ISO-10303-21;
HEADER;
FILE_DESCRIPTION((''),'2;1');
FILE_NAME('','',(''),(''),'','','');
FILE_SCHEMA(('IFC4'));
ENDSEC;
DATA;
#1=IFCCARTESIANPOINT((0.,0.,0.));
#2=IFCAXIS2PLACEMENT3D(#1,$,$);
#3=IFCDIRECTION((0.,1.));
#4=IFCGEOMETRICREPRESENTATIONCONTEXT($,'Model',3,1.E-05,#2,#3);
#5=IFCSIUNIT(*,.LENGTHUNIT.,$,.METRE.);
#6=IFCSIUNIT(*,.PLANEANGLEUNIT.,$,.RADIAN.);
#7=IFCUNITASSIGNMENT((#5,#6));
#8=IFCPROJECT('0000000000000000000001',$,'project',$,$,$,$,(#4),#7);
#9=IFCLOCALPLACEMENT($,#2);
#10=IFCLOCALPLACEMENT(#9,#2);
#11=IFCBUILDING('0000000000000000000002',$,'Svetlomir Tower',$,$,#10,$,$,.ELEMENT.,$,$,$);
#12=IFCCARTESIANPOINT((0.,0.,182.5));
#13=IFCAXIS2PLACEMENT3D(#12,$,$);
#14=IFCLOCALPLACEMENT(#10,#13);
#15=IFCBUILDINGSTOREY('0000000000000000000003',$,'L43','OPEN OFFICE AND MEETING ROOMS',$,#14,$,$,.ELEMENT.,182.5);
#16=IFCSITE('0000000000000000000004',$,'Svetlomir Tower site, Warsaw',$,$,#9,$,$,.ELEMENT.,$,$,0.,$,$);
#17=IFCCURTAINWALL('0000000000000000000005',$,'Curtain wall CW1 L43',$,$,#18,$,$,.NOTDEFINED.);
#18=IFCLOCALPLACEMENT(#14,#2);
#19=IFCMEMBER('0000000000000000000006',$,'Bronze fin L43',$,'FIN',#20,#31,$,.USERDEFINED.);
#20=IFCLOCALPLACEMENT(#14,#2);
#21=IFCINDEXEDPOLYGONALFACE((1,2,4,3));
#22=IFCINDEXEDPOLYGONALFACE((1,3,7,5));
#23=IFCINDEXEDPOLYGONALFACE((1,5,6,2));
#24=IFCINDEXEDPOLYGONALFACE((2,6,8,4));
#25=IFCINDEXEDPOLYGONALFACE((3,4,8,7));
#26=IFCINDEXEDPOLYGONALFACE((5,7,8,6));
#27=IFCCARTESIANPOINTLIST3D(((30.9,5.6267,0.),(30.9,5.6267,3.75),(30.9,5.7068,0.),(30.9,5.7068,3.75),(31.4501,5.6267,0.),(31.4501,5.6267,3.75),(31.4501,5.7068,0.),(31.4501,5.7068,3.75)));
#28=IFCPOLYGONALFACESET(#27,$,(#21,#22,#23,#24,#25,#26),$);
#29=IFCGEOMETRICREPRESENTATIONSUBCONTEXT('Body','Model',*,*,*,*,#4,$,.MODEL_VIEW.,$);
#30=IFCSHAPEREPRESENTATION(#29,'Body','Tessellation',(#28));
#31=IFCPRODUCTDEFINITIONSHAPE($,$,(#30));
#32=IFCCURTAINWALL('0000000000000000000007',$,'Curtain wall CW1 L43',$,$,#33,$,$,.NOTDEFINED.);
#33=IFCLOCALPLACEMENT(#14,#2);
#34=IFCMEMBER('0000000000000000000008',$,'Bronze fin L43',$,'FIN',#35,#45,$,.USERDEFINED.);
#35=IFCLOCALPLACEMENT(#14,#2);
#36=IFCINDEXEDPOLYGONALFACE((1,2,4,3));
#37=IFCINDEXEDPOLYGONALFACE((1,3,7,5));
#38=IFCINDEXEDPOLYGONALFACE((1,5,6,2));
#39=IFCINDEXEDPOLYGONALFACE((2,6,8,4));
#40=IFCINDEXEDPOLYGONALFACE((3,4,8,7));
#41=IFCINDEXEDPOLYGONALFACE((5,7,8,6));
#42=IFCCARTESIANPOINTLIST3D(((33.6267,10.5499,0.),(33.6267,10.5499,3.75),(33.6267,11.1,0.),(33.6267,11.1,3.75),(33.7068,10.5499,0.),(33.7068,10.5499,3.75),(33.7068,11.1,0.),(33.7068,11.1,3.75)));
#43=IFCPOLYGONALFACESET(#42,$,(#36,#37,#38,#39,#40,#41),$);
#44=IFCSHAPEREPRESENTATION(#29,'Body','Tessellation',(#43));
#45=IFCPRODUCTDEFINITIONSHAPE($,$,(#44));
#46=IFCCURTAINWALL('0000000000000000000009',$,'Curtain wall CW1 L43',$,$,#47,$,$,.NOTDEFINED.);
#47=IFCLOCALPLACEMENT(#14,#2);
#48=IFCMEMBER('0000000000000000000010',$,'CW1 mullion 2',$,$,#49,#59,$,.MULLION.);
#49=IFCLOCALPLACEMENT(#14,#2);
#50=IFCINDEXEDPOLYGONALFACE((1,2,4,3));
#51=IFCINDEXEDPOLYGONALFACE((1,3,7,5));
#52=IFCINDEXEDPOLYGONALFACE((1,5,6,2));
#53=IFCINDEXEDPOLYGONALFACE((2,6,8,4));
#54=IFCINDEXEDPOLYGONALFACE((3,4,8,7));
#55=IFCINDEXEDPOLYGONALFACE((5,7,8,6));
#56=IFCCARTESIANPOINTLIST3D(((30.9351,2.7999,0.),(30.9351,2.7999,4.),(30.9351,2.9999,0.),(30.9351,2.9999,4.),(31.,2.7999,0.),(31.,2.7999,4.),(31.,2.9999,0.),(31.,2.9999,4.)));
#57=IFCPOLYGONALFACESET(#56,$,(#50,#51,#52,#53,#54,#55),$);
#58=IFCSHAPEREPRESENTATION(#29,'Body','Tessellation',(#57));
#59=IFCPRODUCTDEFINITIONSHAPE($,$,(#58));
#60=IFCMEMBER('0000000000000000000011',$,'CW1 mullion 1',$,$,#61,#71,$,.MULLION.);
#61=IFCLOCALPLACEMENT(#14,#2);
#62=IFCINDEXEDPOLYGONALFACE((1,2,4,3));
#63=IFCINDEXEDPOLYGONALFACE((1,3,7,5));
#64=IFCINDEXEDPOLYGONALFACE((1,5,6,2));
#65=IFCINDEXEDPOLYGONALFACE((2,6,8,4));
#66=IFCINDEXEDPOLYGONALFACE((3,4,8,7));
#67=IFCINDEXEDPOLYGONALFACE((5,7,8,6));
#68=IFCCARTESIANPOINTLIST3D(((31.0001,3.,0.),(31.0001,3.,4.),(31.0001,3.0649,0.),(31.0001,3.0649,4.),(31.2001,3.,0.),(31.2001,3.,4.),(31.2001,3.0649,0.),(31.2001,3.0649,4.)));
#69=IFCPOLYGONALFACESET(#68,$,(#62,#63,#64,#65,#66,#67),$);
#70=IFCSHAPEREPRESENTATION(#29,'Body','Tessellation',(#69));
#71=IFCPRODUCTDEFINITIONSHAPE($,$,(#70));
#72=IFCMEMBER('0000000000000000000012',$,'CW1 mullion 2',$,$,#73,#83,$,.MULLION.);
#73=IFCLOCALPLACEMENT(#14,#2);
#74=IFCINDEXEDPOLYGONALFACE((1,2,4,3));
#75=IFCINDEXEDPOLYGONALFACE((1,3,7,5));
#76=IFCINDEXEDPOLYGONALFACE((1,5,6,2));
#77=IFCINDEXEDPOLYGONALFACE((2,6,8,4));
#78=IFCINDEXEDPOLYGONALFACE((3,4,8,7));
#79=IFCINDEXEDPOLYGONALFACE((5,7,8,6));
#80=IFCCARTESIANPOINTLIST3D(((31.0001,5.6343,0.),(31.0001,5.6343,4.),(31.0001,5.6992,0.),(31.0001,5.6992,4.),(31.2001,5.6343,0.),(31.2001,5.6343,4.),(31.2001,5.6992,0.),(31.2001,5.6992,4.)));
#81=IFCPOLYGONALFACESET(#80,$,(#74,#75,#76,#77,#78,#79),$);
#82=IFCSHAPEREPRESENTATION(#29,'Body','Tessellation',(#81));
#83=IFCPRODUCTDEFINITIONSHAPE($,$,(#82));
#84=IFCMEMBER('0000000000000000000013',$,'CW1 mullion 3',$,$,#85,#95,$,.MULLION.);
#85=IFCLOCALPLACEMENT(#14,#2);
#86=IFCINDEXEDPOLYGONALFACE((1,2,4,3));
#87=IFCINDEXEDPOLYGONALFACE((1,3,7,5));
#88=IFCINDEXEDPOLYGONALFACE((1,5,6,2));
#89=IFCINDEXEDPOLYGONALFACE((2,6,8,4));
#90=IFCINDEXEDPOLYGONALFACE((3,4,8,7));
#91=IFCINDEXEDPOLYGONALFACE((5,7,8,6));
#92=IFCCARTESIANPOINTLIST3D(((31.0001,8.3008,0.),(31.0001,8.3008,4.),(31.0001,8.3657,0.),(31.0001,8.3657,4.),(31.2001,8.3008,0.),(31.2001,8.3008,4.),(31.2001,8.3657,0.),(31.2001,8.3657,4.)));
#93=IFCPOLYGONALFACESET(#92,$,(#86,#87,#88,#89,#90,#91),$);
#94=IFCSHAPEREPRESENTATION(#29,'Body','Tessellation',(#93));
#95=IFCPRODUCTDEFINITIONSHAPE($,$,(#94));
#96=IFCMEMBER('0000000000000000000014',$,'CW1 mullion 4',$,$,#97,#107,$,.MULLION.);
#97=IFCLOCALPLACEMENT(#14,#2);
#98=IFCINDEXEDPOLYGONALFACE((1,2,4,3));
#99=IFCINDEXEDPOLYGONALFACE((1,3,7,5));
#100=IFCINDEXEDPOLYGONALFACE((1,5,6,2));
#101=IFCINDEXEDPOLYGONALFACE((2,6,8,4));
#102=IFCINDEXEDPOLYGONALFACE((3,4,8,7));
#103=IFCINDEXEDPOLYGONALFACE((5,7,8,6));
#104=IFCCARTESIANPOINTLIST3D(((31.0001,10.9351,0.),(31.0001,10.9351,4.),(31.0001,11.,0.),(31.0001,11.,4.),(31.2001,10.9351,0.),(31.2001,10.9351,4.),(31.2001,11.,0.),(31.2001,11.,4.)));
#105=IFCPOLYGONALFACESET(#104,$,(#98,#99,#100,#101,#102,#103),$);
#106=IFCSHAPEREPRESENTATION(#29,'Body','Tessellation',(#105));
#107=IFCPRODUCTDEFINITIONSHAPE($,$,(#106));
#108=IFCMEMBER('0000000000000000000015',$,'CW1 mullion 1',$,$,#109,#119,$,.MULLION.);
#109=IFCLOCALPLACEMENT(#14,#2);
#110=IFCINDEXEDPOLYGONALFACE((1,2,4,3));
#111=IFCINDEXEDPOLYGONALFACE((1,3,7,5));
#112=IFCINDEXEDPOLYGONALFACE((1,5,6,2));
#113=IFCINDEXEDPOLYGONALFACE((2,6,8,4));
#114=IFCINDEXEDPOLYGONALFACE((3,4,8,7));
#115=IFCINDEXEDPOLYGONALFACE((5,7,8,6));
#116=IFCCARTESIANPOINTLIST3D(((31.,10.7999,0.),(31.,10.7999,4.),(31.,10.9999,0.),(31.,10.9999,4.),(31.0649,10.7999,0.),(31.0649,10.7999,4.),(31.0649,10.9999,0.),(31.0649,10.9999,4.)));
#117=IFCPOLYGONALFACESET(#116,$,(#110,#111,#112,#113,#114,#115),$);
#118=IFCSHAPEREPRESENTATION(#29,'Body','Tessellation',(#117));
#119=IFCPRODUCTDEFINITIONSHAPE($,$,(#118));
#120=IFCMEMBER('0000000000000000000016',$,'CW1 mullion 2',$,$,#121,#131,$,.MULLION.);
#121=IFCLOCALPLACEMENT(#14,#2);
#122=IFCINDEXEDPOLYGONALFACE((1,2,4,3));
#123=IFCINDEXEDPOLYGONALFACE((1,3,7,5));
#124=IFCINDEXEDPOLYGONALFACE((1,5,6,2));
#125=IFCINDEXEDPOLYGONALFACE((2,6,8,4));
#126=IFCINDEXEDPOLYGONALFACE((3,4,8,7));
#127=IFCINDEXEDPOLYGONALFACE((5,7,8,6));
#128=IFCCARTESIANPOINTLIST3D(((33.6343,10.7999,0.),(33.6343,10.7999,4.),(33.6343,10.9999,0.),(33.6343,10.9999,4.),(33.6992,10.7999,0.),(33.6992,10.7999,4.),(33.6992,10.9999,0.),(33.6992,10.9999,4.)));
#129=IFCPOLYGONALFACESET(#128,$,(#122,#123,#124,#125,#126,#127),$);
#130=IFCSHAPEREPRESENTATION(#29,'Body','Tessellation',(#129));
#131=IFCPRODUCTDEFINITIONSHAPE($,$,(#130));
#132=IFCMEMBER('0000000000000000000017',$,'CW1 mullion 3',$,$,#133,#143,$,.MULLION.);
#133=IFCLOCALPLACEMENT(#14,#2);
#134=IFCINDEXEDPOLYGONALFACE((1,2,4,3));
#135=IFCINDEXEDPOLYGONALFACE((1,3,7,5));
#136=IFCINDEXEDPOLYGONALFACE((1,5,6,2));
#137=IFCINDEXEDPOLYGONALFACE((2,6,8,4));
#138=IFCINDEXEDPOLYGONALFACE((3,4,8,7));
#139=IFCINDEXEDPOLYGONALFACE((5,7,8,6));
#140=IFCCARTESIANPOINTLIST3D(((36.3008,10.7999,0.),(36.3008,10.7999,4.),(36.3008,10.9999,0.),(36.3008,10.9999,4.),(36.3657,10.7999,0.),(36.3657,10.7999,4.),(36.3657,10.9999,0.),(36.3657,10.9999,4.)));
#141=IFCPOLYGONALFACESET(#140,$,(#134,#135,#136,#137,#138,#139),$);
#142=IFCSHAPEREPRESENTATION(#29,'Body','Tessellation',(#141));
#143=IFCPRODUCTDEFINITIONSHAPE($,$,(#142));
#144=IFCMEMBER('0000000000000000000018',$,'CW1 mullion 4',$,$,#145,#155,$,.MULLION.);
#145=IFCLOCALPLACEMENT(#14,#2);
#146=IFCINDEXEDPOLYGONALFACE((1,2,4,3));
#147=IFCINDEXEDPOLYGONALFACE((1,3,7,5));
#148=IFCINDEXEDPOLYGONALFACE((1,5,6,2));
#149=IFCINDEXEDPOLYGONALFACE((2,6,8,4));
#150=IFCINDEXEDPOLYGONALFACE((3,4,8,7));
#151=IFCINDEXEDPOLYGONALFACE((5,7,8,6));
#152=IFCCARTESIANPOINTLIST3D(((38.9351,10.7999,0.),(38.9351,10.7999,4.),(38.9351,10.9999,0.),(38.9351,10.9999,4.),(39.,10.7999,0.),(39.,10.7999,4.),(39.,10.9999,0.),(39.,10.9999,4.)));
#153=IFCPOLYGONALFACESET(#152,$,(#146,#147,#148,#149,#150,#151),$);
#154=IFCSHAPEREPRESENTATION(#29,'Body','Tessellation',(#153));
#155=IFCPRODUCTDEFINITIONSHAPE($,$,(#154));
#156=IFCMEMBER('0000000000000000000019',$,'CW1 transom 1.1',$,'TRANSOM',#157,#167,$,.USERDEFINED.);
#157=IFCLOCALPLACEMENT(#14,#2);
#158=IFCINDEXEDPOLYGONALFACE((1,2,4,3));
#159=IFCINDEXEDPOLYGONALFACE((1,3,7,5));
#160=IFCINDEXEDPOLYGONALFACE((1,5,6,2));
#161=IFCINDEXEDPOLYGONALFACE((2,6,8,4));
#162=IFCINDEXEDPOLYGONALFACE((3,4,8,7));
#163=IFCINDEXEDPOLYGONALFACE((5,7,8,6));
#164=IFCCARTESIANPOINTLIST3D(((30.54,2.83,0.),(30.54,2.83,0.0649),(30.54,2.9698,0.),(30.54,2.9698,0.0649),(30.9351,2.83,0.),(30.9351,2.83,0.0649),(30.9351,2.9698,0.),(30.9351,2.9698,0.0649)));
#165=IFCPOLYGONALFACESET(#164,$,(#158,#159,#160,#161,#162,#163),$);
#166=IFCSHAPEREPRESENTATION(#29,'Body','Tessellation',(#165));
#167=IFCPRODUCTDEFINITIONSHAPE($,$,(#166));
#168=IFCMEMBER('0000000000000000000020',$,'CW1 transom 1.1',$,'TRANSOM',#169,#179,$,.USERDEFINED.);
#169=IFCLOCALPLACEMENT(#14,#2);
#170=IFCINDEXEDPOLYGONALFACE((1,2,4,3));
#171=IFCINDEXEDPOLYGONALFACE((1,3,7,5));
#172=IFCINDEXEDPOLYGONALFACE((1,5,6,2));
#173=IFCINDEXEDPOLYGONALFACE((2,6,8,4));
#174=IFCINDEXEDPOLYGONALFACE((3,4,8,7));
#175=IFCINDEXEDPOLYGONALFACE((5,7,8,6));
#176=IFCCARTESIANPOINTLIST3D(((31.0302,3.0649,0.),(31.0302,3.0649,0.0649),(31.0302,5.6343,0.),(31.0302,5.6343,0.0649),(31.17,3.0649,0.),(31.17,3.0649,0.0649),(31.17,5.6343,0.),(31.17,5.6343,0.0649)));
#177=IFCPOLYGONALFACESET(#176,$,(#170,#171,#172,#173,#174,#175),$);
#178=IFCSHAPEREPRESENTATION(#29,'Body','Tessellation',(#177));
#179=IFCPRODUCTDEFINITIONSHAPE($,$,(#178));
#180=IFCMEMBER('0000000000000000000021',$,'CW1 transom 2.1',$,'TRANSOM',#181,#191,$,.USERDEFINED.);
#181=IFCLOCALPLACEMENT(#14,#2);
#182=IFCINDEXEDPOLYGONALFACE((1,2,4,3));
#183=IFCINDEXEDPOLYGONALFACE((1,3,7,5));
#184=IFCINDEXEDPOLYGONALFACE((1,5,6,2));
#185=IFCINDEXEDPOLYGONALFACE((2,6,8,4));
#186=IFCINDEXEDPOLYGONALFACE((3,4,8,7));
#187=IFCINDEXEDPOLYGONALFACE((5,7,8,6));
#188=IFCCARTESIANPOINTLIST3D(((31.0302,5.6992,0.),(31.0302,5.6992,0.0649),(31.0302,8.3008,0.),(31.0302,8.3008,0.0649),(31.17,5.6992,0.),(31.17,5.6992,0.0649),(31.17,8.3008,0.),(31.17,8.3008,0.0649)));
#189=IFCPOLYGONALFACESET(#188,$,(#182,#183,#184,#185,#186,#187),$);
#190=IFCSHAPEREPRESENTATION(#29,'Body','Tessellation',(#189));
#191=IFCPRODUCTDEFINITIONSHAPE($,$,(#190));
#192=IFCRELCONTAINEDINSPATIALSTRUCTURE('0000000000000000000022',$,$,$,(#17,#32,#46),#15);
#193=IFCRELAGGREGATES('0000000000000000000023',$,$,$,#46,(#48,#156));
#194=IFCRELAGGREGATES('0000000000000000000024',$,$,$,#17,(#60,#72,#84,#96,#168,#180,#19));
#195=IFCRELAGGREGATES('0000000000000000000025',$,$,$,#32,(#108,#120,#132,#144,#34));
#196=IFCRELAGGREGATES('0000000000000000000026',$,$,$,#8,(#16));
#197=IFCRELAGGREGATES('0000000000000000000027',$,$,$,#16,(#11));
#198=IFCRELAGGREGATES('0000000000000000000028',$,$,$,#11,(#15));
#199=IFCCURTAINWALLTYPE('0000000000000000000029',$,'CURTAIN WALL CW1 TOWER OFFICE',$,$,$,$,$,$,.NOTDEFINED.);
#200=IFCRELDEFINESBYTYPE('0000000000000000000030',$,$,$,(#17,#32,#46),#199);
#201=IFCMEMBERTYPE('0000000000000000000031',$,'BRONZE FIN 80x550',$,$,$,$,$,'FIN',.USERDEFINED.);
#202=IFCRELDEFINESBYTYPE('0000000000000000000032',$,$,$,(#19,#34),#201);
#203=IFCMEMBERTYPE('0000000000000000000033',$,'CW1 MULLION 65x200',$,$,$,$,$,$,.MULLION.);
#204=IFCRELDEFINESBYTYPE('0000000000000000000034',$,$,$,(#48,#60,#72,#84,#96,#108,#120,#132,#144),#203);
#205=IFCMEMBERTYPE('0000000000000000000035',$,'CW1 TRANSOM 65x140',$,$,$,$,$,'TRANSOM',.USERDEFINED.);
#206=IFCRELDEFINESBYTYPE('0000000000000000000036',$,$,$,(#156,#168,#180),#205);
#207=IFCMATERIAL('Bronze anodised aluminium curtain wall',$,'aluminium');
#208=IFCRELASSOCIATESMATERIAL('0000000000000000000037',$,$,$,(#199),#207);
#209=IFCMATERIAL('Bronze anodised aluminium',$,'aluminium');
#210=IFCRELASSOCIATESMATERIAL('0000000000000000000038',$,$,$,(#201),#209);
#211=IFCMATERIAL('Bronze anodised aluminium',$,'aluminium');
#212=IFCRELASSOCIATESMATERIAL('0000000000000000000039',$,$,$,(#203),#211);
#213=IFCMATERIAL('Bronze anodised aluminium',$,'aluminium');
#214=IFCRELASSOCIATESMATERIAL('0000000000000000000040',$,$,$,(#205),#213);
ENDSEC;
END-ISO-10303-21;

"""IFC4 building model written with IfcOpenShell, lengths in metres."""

from ifc_helpers import new_model, si_unit, direction, frame, origin, origin_2d, place, context, subcontext, project, spatial, rectangle, extrude, material, material_profile, profile_set, type_object, element, aggregate, save


model = new_model("IFC4")

# Units and contexts
model_context = context("Model", 3, precision=1e-05, world=origin(), true_north=direction((0.0, 1.0)))
body_context = subcontext(model_context, "Body", "Model", "MODEL_VIEW")
ifc_project = project(units=[si_unit("LENGTHUNIT", "METRE"), si_unit("PLANEANGLEUNIT", "RADIAN")], contexts=[model_context])

# Site, building, storey
site_placement = place(None, origin())
site = spatial("IfcSite", under=ifc_project, at=site_placement, Name="Svetlomir Tower site, Warsaw", CompositionType="ELEMENT", RefElevation=0.0)
building_placement = place(site_placement, origin())
building = spatial("IfcBuilding", under=site, at=building_placement, Name="Svetlomir Tower", CompositionType="ELEMENT")
storey_placement = place(building_placement, frame((0.0, 0.0, 182.5)))
storey = spatial("IfcBuildingStorey", under=building, at=storey_placement, Name="L43", Description="OPEN OFFICE AND MEETING ROOMS", CompositionType="ELEMENT", Elevation=182.5)

# Curtain walls, members
ifc_material_1 = material(Name="Bronze anodised aluminium curtain wall", Category="aluminium")
curtain_wall_type = type_object("IfcCurtainWallType", Name="CURTAIN WALL CW1 TOWER OFFICE", PredefinedType="NOTDEFINED", material=ifc_material_1)
curtain_wall_1_placement = place(storey_placement, origin())
curtain_wall_1 = element("IfcCurtainWall", 1, at=curtain_wall_1_placement, inside=storey, type_object=curtain_wall_type, Name="Curtain wall CW1 L43", PredefinedType="NOTDEFINED")
ifc_material_2 = material(Name="Bronze anodised aluminium", Category="aluminium")
ifc_material_profile_1 = material_profile(ifc_material_2, rectangle(XDim=0.0801, YDim=0.55, at=origin_2d()), Name="FIN 80x550")
ifc_profile_set_1 = profile_set([ifc_material_profile_1], Name="Bronze anodised aluminium 6063-T6")
member_type_1 = type_object("IfcMemberType", Name="BRONZE FIN 80x550", ElementType="FIN", PredefinedType="USERDEFINED", material=ifc_profile_set_1)
member_1_placement = place(storey_placement, frame((31.175, 5.6667, 0.0), z_axis=(0.0, 0.0, 1.0), x_axis=(0.0, 1.0, 0.0)))
member_1 = element("IfcMember", 2, at=member_1_placement, type_object=member_type_1, Name="Bronze fin L43", ObjectType="FIN", PredefinedType="USERDEFINED", context=body_context, shape_type="SweptSolid", body=[
    extrude(rectangle(XDim=0.0801, YDim=0.55, at=origin_2d()), origin(), (0.0, 0.0, 1.0), 3.75),
])
curtain_wall_2_placement = place(storey_placement, origin())
curtain_wall_2 = element("IfcCurtainWall", 3, at=curtain_wall_2_placement, inside=storey, type_object=curtain_wall_type, Name="Curtain wall CW1 L43", PredefinedType="NOTDEFINED")
member_2_placement = place(storey_placement, frame((33.6667, 10.825, 0.0), z_axis=(0.0, 0.0, 1.0), x_axis=(1.0, 0.0, 0.0)))
member_2 = element("IfcMember", 4, at=member_2_placement, type_object=member_type_1, Name="Bronze fin L43", ObjectType="FIN", PredefinedType="USERDEFINED", context=body_context, shape_type="SweptSolid", body=[
    extrude(rectangle(XDim=0.0801, YDim=0.55, at=origin_2d()), origin(), (0.0, 0.0, 1.0), 3.75),
])
curtain_wall_3_placement = place(storey_placement, origin())
curtain_wall_3 = element("IfcCurtainWall", 5, at=curtain_wall_3_placement, inside=storey, type_object=curtain_wall_type, Name="Curtain wall CW1 L43", PredefinedType="NOTDEFINED")
ifc_material_3 = material(Name="Bronze anodised aluminium", Category="aluminium")
ifc_material_profile_2 = material_profile(ifc_material_3, rectangle(XDim=0.0649, YDim=0.2, at=origin_2d()), Name="AL 65x200")
ifc_profile_set_2 = profile_set([ifc_material_profile_2], Name="Bronze anodised aluminium 6063-T6")
member_type_2 = type_object("IfcMemberType", Name="CW1 MULLION 65x200", PredefinedType="MULLION", material=ifc_profile_set_2)
member_3_placement = place(storey_placement, frame((30.9675, 2.8999, 0.0), z_axis=(0.0, 0.0, 1.0), x_axis=(1.0, 0.0, 0.0)))
member_3 = element("IfcMember", 6, at=member_3_placement, type_object=member_type_2, Name="CW1 mullion 2", PredefinedType="MULLION", context=body_context, shape_type="SweptSolid", body=[
    extrude(rectangle(XDim=0.0649, YDim=0.2, at=origin_2d()), origin(), (0.0, 0.0, 1.0), 4.0),
])

# Members
member_4_placement = place(storey_placement, frame((31.1001, 3.0325, 0.0), z_axis=(0.0, 0.0, 1.0), x_axis=(0.0, 1.0, 0.0)))
member_4 = element("IfcMember", 7, at=member_4_placement, type_object=member_type_2, Name="CW1 mullion 1", PredefinedType="MULLION", context=body_context, shape_type="SweptSolid", body=[
    extrude(rectangle(XDim=0.0649, YDim=0.2, at=origin_2d()), origin(), (0.0, 0.0, 1.0), 4.0),
])
member_5_placement = place(storey_placement, frame((31.1001, 5.6667, 0.0), z_axis=(0.0, 0.0, 1.0), x_axis=(0.0, 1.0, 0.0)))
member_5 = element("IfcMember", 8, at=member_5_placement, type_object=member_type_2, Name="CW1 mullion 2", PredefinedType="MULLION", context=body_context, shape_type="SweptSolid", body=[
    extrude(rectangle(XDim=0.0649, YDim=0.2, at=origin_2d()), origin(), (0.0, 0.0, 1.0), 4.0),
])
member_6_placement = place(storey_placement, frame((31.1001, 8.3333, 0.0), z_axis=(0.0, 0.0, 1.0), x_axis=(0.0, 1.0, 0.0)))
member_6 = element("IfcMember", 9, at=member_6_placement, type_object=member_type_2, Name="CW1 mullion 3", PredefinedType="MULLION", context=body_context, shape_type="SweptSolid", body=[
    extrude(rectangle(XDim=0.0649, YDim=0.2, at=origin_2d()), origin(), (0.0, 0.0, 1.0), 4.0),
])
member_7_placement = place(storey_placement, frame((31.1001, 10.9675, 0.0), z_axis=(0.0, 0.0, 1.0), x_axis=(0.0, 1.0, 0.0)))
member_7 = element("IfcMember", 10, at=member_7_placement, type_object=member_type_2, Name="CW1 mullion 4", PredefinedType="MULLION", context=body_context, shape_type="SweptSolid", body=[
    extrude(rectangle(XDim=0.0649, YDim=0.2, at=origin_2d()), origin(), (0.0, 0.0, 1.0), 4.0),
])
member_8_placement = place(storey_placement, frame((31.0325, 10.8999, 0.0), z_axis=(0.0, 0.0, 1.0), x_axis=(1.0, 0.0, 0.0)))
member_8 = element("IfcMember", 11, at=member_8_placement, type_object=member_type_2, Name="CW1 mullion 1", PredefinedType="MULLION", context=body_context, shape_type="SweptSolid", body=[
    extrude(rectangle(XDim=0.0649, YDim=0.2, at=origin_2d()), origin(), (0.0, 0.0, 1.0), 4.0),
])
member_9_placement = place(storey_placement, frame((33.6667, 10.8999, 0.0), z_axis=(0.0, 0.0, 1.0), x_axis=(1.0, 0.0, 0.0)))
member_9 = element("IfcMember", 12, at=member_9_placement, type_object=member_type_2, Name="CW1 mullion 2", PredefinedType="MULLION", context=body_context, shape_type="SweptSolid", body=[
    extrude(rectangle(XDim=0.0649, YDim=0.2, at=origin_2d()), origin(), (0.0, 0.0, 1.0), 4.0),
])
member_10_placement = place(storey_placement, frame((36.3333, 10.8999, 0.0), z_axis=(0.0, 0.0, 1.0), x_axis=(1.0, 0.0, 0.0)))
member_10 = element("IfcMember", 13, at=member_10_placement, type_object=member_type_2, Name="CW1 mullion 3", PredefinedType="MULLION", context=body_context, shape_type="SweptSolid", body=[
    extrude(rectangle(XDim=0.0649, YDim=0.2, at=origin_2d()), origin(), (0.0, 0.0, 1.0), 4.0),
])
member_11_placement = place(storey_placement, frame((38.9675, 10.8999, 0.0), z_axis=(0.0, 0.0, 1.0), x_axis=(1.0, 0.0, 0.0)))
member_11 = element("IfcMember", 14, at=member_11_placement, type_object=member_type_2, Name="CW1 mullion 4", PredefinedType="MULLION", context=body_context, shape_type="SweptSolid", body=[
    extrude(rectangle(XDim=0.0649, YDim=0.2, at=origin_2d()), origin(), (0.0, 0.0, 1.0), 4.0),
])
ifc_material_4 = material(Name="Bronze anodised aluminium", Category="aluminium")
ifc_material_profile_3 = material_profile(ifc_material_4, rectangle(XDim=0.1399, YDim=0.0649, at=origin_2d()), Name="AL 140x65")
ifc_profile_set_3 = profile_set([ifc_material_profile_3], Name="Bronze anodised aluminium 6063-T6")
member_type_3 = type_object("IfcMemberType", Name="CW1 TRANSOM 65x140", ElementType="TRANSOM", PredefinedType="USERDEFINED", material=ifc_profile_set_3)
member_12_placement = place(storey_placement, frame((30.54, 2.8999, 0.0325), z_axis=(1.0, 0.0, 0.0), x_axis=(0.0, 1.0, 0.0)))
member_12 = element("IfcMember", 15, at=member_12_placement, type_object=member_type_3, Name="CW1 transom 1.1", ObjectType="TRANSOM", PredefinedType="USERDEFINED", context=body_context, shape_type="SweptSolid", body=[
    extrude(rectangle(XDim=0.1399, YDim=0.0649, at=origin_2d()), origin(), (0.0, 0.0, 1.0), 0.395),
])
member_13_placement = place(storey_placement, frame((31.1001, 3.0649, 0.0325), z_axis=(0.0, 1.0, 0.0), x_axis=(-1.0, 0.0, 0.0)))
member_13 = element("IfcMember", 16, at=member_13_placement, type_object=member_type_3, Name="CW1 transom 1.1", ObjectType="TRANSOM", PredefinedType="USERDEFINED", context=body_context, shape_type="SweptSolid", body=[
    extrude(rectangle(XDim=0.1399, YDim=0.0649, at=origin_2d()), origin(), (0.0, 0.0, 1.0), 2.5693),
])
member_14_placement = place(storey_placement, frame((31.1001, 5.6992, 0.0325), z_axis=(0.0, 1.0, 0.0), x_axis=(-1.0, 0.0, 0.0)))
member_14 = element("IfcMember", 17, at=member_14_placement, type_object=member_type_3, Name="CW1 transom 2.1", ObjectType="TRANSOM", PredefinedType="USERDEFINED", context=body_context, shape_type="SweptSolid", body=[
    extrude(rectangle(XDim=0.1399, YDim=0.0649, at=origin_2d()), origin(), (0.0, 0.0, 1.0), 2.6016),
])

aggregate(curtain_wall_3, [member_3, member_12])
aggregate(curtain_wall_1, [member_4, member_5, member_6, member_7, member_13, member_14, member_1])
aggregate(curtain_wall_2, [member_8, member_9, member_10, member_11, member_2])

save(model, "model.ifc")
